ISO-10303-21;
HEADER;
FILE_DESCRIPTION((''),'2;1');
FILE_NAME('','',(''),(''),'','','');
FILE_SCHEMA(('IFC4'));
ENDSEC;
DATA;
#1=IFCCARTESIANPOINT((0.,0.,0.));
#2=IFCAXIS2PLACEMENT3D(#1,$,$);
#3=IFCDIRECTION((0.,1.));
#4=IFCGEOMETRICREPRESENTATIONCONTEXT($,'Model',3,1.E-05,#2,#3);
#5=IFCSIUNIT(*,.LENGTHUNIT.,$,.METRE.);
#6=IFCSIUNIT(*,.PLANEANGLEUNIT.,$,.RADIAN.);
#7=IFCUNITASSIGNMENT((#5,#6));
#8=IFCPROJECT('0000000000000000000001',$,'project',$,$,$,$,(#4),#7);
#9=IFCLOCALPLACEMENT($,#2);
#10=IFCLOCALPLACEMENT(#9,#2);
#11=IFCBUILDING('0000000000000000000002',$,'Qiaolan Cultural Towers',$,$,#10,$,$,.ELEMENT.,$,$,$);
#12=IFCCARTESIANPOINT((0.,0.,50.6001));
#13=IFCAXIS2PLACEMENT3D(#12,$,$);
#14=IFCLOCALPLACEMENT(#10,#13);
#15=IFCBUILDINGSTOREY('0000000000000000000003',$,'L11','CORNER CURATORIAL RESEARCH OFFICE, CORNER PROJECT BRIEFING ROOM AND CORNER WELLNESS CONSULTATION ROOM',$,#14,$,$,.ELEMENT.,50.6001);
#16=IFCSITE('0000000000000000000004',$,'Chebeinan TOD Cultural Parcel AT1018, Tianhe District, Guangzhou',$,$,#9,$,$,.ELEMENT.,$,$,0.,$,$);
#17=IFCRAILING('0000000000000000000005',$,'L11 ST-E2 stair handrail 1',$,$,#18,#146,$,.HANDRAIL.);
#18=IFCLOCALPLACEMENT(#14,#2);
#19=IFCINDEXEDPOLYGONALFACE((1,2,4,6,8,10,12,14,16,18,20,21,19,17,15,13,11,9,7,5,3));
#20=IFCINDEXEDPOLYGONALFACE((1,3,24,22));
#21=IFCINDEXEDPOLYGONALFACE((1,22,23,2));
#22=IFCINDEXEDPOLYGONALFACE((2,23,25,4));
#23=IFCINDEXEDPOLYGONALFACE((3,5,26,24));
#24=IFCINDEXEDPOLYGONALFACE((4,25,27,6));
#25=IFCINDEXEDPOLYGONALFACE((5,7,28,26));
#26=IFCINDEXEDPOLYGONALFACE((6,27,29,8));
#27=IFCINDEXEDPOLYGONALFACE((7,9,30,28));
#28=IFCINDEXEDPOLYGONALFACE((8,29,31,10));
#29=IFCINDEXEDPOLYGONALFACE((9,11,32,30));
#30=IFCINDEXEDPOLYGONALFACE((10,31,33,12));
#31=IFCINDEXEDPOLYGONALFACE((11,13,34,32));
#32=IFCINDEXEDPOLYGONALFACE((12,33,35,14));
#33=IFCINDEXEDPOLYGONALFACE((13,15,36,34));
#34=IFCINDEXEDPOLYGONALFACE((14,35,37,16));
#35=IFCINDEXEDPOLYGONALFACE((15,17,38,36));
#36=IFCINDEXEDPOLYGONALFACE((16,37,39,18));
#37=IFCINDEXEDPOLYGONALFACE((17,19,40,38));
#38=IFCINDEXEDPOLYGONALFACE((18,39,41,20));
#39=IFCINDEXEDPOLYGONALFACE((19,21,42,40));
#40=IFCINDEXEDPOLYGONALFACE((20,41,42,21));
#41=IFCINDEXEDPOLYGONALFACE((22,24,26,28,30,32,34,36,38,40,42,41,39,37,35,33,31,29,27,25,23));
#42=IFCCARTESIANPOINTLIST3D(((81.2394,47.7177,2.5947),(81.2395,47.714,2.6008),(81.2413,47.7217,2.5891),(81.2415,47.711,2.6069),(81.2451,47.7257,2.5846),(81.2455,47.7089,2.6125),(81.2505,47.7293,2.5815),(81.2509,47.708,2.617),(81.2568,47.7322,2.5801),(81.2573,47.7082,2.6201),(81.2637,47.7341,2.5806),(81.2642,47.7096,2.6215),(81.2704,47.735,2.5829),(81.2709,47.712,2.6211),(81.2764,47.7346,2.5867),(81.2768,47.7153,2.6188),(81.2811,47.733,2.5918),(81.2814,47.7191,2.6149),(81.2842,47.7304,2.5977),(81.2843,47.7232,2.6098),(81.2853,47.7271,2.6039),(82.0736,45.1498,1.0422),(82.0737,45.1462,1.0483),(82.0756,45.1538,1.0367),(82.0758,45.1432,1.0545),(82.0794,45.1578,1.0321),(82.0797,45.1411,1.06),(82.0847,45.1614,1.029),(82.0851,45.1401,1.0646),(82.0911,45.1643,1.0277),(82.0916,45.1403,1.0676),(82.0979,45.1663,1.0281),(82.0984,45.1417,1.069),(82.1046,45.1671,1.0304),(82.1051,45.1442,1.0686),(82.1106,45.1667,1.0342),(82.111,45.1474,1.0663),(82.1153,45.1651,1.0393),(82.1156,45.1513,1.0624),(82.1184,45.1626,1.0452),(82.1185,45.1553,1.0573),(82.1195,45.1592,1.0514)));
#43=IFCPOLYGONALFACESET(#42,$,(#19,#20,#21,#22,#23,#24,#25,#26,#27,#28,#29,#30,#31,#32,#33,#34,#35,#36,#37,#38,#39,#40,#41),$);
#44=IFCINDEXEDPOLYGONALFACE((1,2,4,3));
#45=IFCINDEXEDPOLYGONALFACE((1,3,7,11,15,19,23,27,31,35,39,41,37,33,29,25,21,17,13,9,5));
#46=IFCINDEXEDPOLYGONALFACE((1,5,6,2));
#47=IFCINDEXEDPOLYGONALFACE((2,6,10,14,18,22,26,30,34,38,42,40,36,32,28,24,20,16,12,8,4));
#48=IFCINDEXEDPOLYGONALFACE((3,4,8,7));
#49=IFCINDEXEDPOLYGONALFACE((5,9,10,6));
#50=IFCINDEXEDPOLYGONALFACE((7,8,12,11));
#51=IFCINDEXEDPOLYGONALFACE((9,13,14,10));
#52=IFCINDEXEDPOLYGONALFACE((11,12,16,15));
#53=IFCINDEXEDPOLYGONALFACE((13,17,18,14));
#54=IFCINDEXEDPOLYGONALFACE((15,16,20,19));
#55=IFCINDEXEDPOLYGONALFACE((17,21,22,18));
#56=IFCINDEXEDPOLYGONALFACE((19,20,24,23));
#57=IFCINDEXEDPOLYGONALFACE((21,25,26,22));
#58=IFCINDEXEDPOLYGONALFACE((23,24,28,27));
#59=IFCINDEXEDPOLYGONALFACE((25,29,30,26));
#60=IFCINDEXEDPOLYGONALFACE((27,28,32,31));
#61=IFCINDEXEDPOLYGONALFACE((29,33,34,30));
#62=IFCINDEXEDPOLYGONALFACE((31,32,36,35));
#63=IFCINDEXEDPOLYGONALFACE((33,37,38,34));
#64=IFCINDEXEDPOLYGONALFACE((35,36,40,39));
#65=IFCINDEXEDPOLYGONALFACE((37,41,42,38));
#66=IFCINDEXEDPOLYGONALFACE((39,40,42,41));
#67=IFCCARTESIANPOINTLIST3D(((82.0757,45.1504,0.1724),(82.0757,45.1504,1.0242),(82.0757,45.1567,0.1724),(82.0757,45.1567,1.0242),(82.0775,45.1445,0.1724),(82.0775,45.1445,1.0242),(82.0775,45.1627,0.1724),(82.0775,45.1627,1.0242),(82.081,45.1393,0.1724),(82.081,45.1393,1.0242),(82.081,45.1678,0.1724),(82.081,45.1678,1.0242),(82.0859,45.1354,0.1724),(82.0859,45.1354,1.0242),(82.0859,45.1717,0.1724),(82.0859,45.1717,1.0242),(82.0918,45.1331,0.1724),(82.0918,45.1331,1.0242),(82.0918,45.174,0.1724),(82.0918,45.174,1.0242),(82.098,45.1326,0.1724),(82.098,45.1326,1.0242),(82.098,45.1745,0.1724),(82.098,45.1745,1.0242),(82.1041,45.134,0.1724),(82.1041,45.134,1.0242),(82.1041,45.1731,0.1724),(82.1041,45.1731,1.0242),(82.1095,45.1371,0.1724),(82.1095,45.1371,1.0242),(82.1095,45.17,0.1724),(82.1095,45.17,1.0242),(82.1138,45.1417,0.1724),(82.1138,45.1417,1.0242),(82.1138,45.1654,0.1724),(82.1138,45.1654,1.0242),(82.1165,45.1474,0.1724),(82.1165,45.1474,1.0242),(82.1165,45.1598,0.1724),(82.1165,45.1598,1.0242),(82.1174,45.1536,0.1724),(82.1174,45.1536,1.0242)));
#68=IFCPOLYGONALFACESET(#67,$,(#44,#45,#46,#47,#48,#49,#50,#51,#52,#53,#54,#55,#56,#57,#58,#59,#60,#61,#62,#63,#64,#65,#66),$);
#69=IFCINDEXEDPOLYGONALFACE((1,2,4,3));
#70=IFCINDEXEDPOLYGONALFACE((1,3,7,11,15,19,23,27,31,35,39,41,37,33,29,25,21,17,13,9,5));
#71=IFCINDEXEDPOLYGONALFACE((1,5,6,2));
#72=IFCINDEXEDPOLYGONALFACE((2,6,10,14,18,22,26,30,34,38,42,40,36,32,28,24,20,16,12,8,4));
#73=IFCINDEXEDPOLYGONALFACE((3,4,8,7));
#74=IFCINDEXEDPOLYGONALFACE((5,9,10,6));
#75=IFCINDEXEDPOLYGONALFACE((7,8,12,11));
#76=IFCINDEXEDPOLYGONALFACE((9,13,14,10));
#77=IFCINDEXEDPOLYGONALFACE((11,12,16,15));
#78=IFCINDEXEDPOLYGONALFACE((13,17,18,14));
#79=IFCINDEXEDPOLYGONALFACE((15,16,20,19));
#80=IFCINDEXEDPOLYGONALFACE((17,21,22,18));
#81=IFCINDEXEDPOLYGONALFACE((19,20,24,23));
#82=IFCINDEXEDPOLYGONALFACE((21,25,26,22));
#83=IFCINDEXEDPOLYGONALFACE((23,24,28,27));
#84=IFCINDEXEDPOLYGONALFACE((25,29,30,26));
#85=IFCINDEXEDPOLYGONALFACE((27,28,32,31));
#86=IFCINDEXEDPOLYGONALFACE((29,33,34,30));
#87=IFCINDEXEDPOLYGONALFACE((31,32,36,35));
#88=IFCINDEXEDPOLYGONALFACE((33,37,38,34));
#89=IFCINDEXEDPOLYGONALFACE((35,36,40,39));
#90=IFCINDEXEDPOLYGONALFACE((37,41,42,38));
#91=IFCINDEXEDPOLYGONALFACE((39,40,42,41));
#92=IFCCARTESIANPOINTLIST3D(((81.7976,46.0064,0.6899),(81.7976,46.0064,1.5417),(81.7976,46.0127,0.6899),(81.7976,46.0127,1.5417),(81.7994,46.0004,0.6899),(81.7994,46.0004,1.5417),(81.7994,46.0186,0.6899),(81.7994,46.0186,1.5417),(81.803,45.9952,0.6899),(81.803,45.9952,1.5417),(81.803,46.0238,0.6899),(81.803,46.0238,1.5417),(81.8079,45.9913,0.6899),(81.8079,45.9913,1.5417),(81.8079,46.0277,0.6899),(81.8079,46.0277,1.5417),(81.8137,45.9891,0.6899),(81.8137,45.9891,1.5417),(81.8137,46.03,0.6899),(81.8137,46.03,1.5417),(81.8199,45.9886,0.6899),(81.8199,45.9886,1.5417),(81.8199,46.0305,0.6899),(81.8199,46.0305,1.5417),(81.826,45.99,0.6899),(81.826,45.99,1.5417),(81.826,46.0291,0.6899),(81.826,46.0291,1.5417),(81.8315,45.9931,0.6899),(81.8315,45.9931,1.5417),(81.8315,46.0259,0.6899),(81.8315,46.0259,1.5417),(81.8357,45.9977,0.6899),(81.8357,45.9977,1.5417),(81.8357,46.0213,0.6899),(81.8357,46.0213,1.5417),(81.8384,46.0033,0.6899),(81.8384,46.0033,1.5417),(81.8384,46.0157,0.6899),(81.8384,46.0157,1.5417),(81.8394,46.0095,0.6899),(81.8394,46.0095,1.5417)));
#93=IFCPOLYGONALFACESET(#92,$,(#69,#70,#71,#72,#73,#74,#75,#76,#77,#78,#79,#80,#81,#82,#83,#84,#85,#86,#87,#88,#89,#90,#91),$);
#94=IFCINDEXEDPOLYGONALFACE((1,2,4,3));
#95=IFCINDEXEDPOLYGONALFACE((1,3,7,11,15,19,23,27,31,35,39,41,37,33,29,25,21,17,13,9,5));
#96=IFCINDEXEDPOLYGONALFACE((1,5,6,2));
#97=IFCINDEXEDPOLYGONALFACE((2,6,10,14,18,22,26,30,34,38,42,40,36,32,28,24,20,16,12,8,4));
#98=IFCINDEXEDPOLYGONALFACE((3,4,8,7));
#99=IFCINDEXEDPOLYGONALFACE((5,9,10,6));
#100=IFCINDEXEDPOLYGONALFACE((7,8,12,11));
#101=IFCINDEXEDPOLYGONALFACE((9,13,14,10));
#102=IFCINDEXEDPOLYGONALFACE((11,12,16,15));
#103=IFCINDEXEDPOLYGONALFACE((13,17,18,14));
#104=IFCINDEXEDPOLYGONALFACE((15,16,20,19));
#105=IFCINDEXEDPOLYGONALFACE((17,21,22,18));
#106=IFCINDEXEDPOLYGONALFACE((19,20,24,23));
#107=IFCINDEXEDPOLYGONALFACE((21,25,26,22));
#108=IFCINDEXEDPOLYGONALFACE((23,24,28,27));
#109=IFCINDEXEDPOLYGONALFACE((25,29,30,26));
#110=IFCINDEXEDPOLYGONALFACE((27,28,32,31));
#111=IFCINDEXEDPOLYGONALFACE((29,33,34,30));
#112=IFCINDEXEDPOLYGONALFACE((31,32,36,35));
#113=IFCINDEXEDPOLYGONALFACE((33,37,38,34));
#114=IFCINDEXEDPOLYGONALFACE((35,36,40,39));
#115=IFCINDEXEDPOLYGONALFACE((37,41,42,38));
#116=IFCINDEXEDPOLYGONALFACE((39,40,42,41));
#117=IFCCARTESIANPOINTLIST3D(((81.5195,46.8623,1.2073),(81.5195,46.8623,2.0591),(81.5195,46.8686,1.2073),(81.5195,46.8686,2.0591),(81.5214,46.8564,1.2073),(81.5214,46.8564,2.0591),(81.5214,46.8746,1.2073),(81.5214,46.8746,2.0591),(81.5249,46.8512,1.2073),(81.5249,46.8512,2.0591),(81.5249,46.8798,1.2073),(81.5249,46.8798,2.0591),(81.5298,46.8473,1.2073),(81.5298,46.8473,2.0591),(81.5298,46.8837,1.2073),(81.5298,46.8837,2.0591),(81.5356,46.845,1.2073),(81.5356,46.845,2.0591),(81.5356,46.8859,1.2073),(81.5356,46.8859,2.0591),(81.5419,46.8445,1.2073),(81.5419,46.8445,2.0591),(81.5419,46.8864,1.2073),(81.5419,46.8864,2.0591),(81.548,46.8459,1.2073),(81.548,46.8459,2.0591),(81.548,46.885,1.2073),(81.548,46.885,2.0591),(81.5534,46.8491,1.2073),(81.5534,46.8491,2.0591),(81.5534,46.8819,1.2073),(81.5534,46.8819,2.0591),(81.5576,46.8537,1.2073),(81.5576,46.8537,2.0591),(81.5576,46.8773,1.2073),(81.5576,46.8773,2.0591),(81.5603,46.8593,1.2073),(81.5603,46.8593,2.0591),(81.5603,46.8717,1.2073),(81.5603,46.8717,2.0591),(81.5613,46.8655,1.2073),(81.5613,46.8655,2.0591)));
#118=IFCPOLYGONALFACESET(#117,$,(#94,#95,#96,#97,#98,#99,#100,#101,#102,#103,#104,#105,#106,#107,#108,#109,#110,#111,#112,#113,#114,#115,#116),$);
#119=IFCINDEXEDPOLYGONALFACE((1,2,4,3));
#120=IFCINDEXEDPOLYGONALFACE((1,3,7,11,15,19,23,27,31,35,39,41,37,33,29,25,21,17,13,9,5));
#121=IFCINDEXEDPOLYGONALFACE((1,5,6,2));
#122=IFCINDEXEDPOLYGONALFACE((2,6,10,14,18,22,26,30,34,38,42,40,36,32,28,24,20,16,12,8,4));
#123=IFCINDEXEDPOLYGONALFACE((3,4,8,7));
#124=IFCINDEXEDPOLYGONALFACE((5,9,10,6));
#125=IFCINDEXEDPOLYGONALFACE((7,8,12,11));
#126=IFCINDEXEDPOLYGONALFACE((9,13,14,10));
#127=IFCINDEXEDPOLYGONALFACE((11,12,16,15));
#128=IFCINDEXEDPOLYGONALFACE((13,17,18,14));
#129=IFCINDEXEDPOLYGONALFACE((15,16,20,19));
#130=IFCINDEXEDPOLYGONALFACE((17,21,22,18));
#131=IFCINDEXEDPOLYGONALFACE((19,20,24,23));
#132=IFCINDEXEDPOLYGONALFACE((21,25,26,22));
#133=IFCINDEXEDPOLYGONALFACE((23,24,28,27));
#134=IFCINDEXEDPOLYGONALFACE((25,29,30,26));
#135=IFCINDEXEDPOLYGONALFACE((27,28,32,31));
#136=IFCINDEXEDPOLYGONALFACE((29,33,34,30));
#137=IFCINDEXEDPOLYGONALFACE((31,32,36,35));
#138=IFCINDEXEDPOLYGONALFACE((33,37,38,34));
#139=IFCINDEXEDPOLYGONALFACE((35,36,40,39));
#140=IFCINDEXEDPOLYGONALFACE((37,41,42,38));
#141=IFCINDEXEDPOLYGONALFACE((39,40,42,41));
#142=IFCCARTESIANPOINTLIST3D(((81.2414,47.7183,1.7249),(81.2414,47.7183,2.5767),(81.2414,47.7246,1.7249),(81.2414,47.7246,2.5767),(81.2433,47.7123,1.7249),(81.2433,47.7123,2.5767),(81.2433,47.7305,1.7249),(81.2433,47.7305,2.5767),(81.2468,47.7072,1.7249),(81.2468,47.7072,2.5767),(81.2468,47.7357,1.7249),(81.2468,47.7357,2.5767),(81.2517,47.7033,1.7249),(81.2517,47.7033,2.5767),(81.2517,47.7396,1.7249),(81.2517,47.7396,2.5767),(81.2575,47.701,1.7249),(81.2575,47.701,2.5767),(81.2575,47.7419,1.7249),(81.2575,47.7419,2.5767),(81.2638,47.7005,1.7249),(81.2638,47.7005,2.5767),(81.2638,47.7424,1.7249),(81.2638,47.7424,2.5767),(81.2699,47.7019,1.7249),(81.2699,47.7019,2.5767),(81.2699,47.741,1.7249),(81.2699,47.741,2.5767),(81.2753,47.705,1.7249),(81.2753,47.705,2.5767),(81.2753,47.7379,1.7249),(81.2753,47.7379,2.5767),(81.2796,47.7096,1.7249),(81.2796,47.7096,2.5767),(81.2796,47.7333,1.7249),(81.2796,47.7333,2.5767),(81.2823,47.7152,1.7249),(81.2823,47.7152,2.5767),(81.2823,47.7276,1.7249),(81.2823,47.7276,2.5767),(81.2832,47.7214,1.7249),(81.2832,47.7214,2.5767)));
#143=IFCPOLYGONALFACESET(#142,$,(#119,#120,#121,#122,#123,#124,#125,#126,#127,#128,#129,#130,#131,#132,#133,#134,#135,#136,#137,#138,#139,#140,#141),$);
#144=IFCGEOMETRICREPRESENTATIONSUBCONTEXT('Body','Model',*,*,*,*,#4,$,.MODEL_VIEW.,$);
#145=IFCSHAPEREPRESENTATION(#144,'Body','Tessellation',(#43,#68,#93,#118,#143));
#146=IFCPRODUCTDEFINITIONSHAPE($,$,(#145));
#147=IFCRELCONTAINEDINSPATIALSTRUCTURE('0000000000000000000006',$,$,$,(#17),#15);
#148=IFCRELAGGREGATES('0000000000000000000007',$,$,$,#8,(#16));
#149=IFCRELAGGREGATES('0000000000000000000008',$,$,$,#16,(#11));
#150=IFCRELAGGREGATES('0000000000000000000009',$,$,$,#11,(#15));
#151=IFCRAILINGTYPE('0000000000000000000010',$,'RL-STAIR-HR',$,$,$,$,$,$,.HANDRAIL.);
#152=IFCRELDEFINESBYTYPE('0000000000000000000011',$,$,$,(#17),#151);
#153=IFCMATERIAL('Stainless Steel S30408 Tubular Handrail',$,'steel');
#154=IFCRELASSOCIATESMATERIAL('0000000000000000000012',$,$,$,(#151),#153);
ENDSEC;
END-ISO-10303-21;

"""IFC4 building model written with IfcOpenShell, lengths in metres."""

from ifc_helpers import new_model, si_unit, direction, frame, origin, origin_2d, place, context, subcontext, project, spatial, circle, extrude, material, type_object, element, save


model = new_model("IFC4")

# Units and contexts
model_context = context("Model", 3, precision=1e-05, world=origin(), true_north=direction((0.0, 1.0)))
body_context = subcontext(model_context, "Body", "Model", "MODEL_VIEW")
ifc_project = project(units=[si_unit("LENGTHUNIT", "METRE"), si_unit("PLANEANGLEUNIT", "RADIAN")], contexts=[model_context])

# Site, building, storey
site_placement = place(None, origin())
site = spatial("IfcSite", under=ifc_project, at=site_placement, Name="Chebeinan TOD Cultural Parcel AT1018, Tianhe District, Guangzhou", CompositionType="ELEMENT", RefElevation=0.0)
building_placement = place(site_placement, origin())
building = spatial("IfcBuilding", under=site, at=building_placement, Name="Qiaolan Cultural Towers", CompositionType="ELEMENT")
storey_placement = place(building_placement, frame((0.0, 0.0, 50.6001)))
storey = spatial("IfcBuildingStorey", under=building, at=storey_placement, Name="L11", Description="CORNER CURATORIAL RESEARCH OFFICE, CORNER PROJECT BRIEFING ROOM AND CORNER WELLNESS CONSULTATION ROOM", CompositionType="ELEMENT", Elevation=50.6001)

# Railing
ifc_material_1 = material(Name="Stainless Steel S30408 Tubular Handrail", Category="steel")
railing_type_1 = type_object("IfcRailingType", Name="RL-STAIR-HR", PredefinedType="HANDRAIL", material=ifc_material_1)
railing_1_placement = place(storey_placement, frame((82.0964, 45.1536, 0.1724)))
element("IfcRailing", 1, at=railing_1_placement, inside=storey, type_object=railing_type_1, Name="L11 ST-E2 stair handrail 1", PredefinedType="HANDRAIL", context=body_context, shape_type="SweptSolid", body=[
    extrude(circle(Radius=0.0239, at=origin_2d()), frame((0.0, 0.0, 0.876), z_axis=(-0.267853, 0.824488, 0.498471), x_axis=(-0.95107, -0.308976, 0.0)), (0.0, 0.0, 1.0), 3.1145),
    extrude(circle(Radius=0.021, at=origin_2d()), origin(), (0.0, 0.0, 1.0), 0.8518),
    extrude(circle(Radius=0.021, at=origin_2d()), frame((-0.2781, 0.856, 0.5176)), (0.0, 0.0, 1.0), 0.8518),
    extrude(circle(Radius=0.021, at=origin_2d()), frame((-0.5562, 1.7119, 1.0349)), (0.0, 0.0, 1.0), 0.8518),
    extrude(circle(Radius=0.021, at=origin_2d()), frame((-0.8342, 2.5679, 1.5525)), (0.0, 0.0, 1.0), 0.8518),
])

save(model, "model.ifc")
